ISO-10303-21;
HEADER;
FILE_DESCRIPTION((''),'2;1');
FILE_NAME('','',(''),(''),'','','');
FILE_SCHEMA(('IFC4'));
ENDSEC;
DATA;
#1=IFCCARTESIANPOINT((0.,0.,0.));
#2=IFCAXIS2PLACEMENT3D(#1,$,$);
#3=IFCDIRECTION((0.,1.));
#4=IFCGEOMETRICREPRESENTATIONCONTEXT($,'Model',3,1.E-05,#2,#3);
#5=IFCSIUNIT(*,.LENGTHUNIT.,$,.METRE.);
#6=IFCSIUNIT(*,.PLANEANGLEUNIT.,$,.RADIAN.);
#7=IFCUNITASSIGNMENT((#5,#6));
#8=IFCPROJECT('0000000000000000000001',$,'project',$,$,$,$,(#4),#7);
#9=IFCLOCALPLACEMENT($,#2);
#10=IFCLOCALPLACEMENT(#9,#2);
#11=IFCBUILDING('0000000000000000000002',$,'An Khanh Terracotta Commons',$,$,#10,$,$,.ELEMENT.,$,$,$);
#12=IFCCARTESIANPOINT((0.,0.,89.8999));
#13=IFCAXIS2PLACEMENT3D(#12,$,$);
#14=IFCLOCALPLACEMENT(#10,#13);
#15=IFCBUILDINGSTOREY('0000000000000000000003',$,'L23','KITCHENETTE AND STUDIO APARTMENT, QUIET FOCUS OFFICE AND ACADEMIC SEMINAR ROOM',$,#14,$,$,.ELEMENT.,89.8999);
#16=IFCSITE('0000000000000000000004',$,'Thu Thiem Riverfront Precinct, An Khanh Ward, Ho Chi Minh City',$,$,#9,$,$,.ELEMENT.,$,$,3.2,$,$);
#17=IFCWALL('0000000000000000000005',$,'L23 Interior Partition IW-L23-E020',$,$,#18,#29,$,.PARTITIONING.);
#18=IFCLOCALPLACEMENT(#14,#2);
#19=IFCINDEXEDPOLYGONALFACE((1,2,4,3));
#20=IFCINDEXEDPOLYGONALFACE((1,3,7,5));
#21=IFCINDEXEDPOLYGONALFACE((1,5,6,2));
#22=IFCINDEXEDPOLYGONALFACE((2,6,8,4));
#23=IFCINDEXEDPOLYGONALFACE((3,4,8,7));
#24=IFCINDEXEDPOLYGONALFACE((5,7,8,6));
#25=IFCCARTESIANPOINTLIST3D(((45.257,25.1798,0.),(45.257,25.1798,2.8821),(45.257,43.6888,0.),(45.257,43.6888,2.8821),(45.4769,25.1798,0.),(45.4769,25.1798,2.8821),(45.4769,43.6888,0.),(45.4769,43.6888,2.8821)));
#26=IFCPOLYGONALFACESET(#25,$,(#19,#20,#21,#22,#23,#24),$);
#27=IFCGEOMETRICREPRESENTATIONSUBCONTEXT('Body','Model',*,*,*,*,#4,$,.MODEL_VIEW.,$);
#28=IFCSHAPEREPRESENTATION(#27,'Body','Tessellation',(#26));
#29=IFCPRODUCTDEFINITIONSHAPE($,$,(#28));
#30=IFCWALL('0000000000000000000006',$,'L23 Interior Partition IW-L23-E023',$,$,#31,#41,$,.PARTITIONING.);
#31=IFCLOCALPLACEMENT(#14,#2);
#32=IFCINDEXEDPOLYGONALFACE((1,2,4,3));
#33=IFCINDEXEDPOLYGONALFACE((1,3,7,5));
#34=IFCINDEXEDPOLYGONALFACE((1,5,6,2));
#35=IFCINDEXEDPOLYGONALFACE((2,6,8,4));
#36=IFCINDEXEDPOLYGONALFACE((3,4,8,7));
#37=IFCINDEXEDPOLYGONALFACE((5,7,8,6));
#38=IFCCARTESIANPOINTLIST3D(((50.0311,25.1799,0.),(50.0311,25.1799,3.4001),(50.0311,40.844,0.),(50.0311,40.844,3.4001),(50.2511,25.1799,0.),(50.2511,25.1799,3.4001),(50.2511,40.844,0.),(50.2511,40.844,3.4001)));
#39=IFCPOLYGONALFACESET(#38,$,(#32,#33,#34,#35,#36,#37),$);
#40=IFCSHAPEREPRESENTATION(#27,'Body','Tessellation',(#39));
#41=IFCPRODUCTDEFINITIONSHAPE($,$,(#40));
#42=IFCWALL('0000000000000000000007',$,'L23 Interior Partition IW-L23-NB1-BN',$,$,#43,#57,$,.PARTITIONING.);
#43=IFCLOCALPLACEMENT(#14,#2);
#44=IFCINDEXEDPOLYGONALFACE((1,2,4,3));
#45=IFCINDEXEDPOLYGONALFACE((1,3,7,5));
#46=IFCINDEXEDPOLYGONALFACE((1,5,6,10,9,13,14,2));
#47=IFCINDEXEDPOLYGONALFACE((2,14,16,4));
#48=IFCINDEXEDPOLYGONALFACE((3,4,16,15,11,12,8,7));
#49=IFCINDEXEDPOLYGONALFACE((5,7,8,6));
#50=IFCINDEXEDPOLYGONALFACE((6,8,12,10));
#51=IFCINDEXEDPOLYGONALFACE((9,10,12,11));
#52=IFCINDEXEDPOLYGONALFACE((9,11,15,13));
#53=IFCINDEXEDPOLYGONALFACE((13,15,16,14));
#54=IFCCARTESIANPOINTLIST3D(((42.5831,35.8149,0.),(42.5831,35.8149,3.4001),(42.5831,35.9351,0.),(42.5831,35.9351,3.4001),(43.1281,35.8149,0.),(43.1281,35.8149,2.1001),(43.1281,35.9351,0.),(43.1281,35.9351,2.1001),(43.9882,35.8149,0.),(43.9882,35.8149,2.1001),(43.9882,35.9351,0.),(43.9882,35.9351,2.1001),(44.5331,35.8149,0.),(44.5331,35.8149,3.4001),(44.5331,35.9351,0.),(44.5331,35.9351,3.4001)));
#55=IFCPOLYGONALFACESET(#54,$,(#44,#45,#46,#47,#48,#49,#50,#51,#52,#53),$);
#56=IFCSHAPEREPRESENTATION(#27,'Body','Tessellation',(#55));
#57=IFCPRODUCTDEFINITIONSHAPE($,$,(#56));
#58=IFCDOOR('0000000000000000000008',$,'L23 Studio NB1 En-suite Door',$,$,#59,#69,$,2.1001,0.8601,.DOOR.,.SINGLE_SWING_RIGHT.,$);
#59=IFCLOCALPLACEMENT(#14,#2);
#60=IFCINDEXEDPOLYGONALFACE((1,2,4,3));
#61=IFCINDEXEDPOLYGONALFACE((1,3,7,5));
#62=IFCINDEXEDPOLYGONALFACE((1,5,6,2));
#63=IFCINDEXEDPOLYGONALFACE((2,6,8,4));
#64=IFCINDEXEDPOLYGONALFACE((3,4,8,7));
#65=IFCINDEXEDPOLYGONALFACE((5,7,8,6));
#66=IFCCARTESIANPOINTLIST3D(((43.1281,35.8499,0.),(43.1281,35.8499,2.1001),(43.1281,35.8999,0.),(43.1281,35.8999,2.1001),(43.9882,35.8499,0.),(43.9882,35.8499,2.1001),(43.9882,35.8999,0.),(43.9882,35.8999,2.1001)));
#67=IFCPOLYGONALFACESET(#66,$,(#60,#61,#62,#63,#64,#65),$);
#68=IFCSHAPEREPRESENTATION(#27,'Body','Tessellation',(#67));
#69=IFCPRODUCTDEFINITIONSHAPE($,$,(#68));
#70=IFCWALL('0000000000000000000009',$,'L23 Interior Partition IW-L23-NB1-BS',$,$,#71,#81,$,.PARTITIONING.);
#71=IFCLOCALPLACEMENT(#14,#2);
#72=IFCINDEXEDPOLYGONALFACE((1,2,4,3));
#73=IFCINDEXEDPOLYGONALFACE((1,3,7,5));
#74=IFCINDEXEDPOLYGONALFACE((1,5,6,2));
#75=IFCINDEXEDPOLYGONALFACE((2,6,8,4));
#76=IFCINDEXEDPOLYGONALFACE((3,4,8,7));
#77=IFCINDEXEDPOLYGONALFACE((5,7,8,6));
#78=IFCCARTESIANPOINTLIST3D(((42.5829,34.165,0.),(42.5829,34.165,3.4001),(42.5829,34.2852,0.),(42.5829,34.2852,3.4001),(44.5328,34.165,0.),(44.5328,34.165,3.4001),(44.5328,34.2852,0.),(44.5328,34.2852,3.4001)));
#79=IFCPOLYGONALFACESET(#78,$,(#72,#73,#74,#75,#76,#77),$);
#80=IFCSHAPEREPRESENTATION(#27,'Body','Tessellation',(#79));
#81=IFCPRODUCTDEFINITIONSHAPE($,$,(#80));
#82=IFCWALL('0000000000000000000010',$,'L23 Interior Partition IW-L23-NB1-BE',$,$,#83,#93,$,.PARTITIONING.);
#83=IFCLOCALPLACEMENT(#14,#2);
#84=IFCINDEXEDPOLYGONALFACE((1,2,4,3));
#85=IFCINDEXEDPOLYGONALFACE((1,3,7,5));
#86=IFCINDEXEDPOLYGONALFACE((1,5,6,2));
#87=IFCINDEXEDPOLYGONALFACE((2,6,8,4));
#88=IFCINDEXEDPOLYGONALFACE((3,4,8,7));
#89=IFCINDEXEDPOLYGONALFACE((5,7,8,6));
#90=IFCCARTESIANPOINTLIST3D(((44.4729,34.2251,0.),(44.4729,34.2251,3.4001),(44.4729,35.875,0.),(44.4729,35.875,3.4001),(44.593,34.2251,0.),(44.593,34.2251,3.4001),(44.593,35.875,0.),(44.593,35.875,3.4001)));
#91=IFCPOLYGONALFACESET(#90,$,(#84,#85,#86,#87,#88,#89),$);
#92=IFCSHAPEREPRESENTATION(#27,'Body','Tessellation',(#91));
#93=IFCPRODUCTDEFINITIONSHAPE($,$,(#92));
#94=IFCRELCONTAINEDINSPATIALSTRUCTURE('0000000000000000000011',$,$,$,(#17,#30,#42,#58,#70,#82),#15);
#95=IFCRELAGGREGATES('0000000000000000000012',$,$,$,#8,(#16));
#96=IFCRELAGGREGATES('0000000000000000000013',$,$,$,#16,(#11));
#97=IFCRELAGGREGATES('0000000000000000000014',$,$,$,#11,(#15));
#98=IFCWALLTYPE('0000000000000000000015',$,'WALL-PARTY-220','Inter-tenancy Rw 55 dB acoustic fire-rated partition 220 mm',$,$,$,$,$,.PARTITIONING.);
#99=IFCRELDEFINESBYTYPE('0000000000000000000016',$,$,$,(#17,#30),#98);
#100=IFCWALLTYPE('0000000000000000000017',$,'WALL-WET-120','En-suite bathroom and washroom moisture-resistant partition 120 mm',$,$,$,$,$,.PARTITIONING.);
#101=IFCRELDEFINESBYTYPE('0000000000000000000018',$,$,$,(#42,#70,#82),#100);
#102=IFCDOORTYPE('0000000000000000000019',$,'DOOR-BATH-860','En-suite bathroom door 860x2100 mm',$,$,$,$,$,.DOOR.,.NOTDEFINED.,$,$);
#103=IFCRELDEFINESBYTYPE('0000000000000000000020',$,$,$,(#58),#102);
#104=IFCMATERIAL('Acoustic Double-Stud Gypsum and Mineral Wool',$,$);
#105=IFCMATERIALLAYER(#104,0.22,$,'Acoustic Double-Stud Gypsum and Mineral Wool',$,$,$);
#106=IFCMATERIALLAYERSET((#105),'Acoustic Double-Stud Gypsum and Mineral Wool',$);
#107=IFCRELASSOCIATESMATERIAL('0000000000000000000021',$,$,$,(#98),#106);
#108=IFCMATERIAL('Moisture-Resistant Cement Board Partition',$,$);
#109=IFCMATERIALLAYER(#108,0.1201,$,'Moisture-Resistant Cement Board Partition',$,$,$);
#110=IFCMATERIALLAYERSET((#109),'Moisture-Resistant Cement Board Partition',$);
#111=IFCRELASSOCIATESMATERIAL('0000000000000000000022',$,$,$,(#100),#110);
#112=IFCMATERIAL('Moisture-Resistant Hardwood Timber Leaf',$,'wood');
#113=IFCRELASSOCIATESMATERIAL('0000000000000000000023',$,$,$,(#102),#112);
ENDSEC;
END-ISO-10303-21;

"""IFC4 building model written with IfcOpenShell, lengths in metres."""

from ifc_helpers import new_model, si_unit, direction, frame, frame_2d, origin, place, context, subcontext, project, spatial, rectangle, extrude, material, layer, layer_set, type_object, element, fill, save


model = new_model("IFC4")

# Units and contexts
model_context = context("Model", 3, precision=1e-05, world=origin(), true_north=direction((0.0, 1.0)))
body_context = subcontext(model_context, "Body", "Model", "MODEL_VIEW")
ifc_project = project(units=[si_unit("LENGTHUNIT", "METRE"), si_unit("PLANEANGLEUNIT", "RADIAN")], contexts=[model_context])

# Site, building, storey
site_placement = place(None, origin())
site = spatial("IfcSite", under=ifc_project, at=site_placement, Name="Thu Thiem Riverfront Precinct, An Khanh Ward, Ho Chi Minh City", CompositionType="ELEMENT", RefElevation=3.2)
building_placement = place(site_placement, origin())
building = spatial("IfcBuilding", under=site, at=building_placement, Name="An Khanh Terracotta Commons", CompositionType="ELEMENT")
storey_placement = place(building_placement, frame((0.0, 0.0, 89.8999)))
storey = spatial("IfcBuildingStorey", under=building, at=storey_placement, Name="L23", Description="KITCHENETTE AND STUDIO APARTMENT, QUIET FOCUS OFFICE AND ACADEMIC SEMINAR ROOM", CompositionType="ELEMENT", Elevation=89.8999)

# Walls
ifc_material_1 = material(Name="Acoustic Double-Stud Gypsum and Mineral Wool")
ifc_layer_1 = layer(ifc_material_1, 0.22, Name="Acoustic Double-Stud Gypsum and Mineral Wool")
ifc_layer_set_1 = layer_set([ifc_layer_1], Name="Acoustic Double-Stud Gypsum and Mineral Wool")
wall_type_1 = type_object("IfcWallType", Name="WALL-PARTY-220", Description="Inter-tenancy Rw 55 dB acoustic fire-rated partition 220 mm", PredefinedType="PARTITIONING", material=ifc_layer_set_1)
wall_1_placement = place(storey_placement, frame((45.3669, 25.1799, 0.0), z_axis=(0.0, 0.0, 1.0), x_axis=(0.0, 1.0, 0.0)))
element("IfcWall", 1, at=wall_1_placement, inside=storey, type_object=wall_type_1, Name="L23 Interior Partition IW-L23-E020", PredefinedType="PARTITIONING", context=body_context, shape_type="SweptSolid", body=[
    extrude(rectangle(XDim=18.509, YDim=0.22, at=frame_2d((9.2544, 0.0))), origin(), (0.0, 0.0, 1.0), 2.8821),
])
wall_2_placement = place(storey_placement, frame((50.1411, 25.1799, 0.0), z_axis=(0.0, 0.0, 1.0), x_axis=(0.0, 1.0, 0.0)))
element("IfcWall", 2, at=wall_2_placement, inside=storey, type_object=wall_type_1, Name="L23 Interior Partition IW-L23-E023", PredefinedType="PARTITIONING", context=body_context, shape_type="SweptSolid", body=[
    extrude(rectangle(XDim=15.6641, YDim=0.22, at=frame_2d((7.832, 0.0))), origin(), (0.0, 0.0, 1.0), 3.4001),
])

# Wall, opening, door
ifc_material_2 = material(Name="Moisture-Resistant Cement Board Partition")
ifc_layer_2 = layer(ifc_material_2, 0.1201, Name="Moisture-Resistant Cement Board Partition")
ifc_layer_set_2 = layer_set([ifc_layer_2], Name="Moisture-Resistant Cement Board Partition")
wall_type_2 = type_object("IfcWallType", Name="WALL-WET-120", Description="En-suite bathroom and washroom moisture-resistant partition 120 mm", PredefinedType="PARTITIONING", material=ifc_layer_set_2)
wall_3_placement = place(storey_placement, frame((42.583, 35.875, 0.0), z_axis=(0.0, 0.0, 1.0), x_axis=(1.0, 0.0, 0.0)))
wall_3 = element("IfcWall", 3, at=wall_3_placement, inside=storey, type_object=wall_type_2, Name="L23 Interior Partition IW-L23-NB1-BN", PredefinedType="PARTITIONING", context=body_context, shape_type="SweptSolid", body=[
    extrude(rectangle(XDim=1.95, YDim=0.1201, at=frame_2d((0.9751, 0.0))), origin(), (0.0, 0.0, 1.0), 3.4001),
])
opening_1_placement = place(wall_3_placement, frame((0.5449, 0.0, 0.0)))
opening_1 = element("IfcOpeningElement", 4, at=opening_1_placement, cuts=wall_3, PredefinedType="OPENING", context=body_context, shape_type="SweptSolid", body=[
    extrude(rectangle(XDim=0.8601, YDim=2.1001, at=frame_2d((0.4302, 1.05))), frame((0.0, 0.0701, 0.0), z_axis=(0.0, -1.0, 0.0), x_axis=(1.0, 0.0, 0.0)), (0.0, 0.0, 1.0), 0.1401),
])
ifc_material_3 = material(Name="Moisture-Resistant Hardwood Timber Leaf", Category="wood")
door_type_1 = type_object("IfcDoorType", Name="DOOR-BATH-860", Description="En-suite bathroom door 860x2100 mm", OperationType="NOTDEFINED", PredefinedType="DOOR", material=ifc_material_3)
door_1_placement = place(opening_1_placement, origin())
door_1 = element("IfcDoor", 5, at=door_1_placement, inside=storey, type_object=door_type_1, Name="L23 Studio NB1 En-suite Door", OperationType="SINGLE_SWING_RIGHT", OverallHeight=2.1001, OverallWidth=0.8601, PredefinedType="DOOR", context=body_context, shape_type="SweptSolid", body=[
    extrude(rectangle(XDim=0.8601, YDim=2.1001, at=frame_2d((0.4302, 1.05))), frame((0.0, 0.0249, 0.0), z_axis=(0.0, -1.0, 0.0), x_axis=(1.0, 0.0, 0.0)), (0.0, 0.0, 1.0), 0.05),
])
fill(opening_1, door_1)

# Walls
wall_4_placement = place(storey_placement, frame((44.533, 34.2251, 0.0), z_axis=(0.0, 0.0, 1.0), x_axis=(-1.0, 0.0, 0.0)))
element("IfcWall", 6, at=wall_4_placement, inside=storey, type_object=wall_type_2, Name="L23 Interior Partition IW-L23-NB1-BS", PredefinedType="PARTITIONING", context=body_context, shape_type="SweptSolid", body=[
    extrude(rectangle(XDim=1.95, YDim=0.1201, at=frame_2d((0.9751, 0.0))), origin(), (0.0, 0.0, 1.0), 3.4001),
])
wall_5_placement = place(storey_placement, frame((44.533, 34.2251, 0.0), z_axis=(0.0, 0.0, 1.0), x_axis=(0.0, 1.0, 0.0)))
element("IfcWall", 7, at=wall_5_placement, inside=storey, type_object=wall_type_2, Name="L23 Interior Partition IW-L23-NB1-BE", PredefinedType="PARTITIONING", context=body_context, shape_type="SweptSolid", body=[
    extrude(rectangle(XDim=1.6499, YDim=0.1201, at=frame_2d((0.825, 0.0))), origin(), (0.0, 0.0, 1.0), 3.4001),
])

save(model, "model.ifc")
